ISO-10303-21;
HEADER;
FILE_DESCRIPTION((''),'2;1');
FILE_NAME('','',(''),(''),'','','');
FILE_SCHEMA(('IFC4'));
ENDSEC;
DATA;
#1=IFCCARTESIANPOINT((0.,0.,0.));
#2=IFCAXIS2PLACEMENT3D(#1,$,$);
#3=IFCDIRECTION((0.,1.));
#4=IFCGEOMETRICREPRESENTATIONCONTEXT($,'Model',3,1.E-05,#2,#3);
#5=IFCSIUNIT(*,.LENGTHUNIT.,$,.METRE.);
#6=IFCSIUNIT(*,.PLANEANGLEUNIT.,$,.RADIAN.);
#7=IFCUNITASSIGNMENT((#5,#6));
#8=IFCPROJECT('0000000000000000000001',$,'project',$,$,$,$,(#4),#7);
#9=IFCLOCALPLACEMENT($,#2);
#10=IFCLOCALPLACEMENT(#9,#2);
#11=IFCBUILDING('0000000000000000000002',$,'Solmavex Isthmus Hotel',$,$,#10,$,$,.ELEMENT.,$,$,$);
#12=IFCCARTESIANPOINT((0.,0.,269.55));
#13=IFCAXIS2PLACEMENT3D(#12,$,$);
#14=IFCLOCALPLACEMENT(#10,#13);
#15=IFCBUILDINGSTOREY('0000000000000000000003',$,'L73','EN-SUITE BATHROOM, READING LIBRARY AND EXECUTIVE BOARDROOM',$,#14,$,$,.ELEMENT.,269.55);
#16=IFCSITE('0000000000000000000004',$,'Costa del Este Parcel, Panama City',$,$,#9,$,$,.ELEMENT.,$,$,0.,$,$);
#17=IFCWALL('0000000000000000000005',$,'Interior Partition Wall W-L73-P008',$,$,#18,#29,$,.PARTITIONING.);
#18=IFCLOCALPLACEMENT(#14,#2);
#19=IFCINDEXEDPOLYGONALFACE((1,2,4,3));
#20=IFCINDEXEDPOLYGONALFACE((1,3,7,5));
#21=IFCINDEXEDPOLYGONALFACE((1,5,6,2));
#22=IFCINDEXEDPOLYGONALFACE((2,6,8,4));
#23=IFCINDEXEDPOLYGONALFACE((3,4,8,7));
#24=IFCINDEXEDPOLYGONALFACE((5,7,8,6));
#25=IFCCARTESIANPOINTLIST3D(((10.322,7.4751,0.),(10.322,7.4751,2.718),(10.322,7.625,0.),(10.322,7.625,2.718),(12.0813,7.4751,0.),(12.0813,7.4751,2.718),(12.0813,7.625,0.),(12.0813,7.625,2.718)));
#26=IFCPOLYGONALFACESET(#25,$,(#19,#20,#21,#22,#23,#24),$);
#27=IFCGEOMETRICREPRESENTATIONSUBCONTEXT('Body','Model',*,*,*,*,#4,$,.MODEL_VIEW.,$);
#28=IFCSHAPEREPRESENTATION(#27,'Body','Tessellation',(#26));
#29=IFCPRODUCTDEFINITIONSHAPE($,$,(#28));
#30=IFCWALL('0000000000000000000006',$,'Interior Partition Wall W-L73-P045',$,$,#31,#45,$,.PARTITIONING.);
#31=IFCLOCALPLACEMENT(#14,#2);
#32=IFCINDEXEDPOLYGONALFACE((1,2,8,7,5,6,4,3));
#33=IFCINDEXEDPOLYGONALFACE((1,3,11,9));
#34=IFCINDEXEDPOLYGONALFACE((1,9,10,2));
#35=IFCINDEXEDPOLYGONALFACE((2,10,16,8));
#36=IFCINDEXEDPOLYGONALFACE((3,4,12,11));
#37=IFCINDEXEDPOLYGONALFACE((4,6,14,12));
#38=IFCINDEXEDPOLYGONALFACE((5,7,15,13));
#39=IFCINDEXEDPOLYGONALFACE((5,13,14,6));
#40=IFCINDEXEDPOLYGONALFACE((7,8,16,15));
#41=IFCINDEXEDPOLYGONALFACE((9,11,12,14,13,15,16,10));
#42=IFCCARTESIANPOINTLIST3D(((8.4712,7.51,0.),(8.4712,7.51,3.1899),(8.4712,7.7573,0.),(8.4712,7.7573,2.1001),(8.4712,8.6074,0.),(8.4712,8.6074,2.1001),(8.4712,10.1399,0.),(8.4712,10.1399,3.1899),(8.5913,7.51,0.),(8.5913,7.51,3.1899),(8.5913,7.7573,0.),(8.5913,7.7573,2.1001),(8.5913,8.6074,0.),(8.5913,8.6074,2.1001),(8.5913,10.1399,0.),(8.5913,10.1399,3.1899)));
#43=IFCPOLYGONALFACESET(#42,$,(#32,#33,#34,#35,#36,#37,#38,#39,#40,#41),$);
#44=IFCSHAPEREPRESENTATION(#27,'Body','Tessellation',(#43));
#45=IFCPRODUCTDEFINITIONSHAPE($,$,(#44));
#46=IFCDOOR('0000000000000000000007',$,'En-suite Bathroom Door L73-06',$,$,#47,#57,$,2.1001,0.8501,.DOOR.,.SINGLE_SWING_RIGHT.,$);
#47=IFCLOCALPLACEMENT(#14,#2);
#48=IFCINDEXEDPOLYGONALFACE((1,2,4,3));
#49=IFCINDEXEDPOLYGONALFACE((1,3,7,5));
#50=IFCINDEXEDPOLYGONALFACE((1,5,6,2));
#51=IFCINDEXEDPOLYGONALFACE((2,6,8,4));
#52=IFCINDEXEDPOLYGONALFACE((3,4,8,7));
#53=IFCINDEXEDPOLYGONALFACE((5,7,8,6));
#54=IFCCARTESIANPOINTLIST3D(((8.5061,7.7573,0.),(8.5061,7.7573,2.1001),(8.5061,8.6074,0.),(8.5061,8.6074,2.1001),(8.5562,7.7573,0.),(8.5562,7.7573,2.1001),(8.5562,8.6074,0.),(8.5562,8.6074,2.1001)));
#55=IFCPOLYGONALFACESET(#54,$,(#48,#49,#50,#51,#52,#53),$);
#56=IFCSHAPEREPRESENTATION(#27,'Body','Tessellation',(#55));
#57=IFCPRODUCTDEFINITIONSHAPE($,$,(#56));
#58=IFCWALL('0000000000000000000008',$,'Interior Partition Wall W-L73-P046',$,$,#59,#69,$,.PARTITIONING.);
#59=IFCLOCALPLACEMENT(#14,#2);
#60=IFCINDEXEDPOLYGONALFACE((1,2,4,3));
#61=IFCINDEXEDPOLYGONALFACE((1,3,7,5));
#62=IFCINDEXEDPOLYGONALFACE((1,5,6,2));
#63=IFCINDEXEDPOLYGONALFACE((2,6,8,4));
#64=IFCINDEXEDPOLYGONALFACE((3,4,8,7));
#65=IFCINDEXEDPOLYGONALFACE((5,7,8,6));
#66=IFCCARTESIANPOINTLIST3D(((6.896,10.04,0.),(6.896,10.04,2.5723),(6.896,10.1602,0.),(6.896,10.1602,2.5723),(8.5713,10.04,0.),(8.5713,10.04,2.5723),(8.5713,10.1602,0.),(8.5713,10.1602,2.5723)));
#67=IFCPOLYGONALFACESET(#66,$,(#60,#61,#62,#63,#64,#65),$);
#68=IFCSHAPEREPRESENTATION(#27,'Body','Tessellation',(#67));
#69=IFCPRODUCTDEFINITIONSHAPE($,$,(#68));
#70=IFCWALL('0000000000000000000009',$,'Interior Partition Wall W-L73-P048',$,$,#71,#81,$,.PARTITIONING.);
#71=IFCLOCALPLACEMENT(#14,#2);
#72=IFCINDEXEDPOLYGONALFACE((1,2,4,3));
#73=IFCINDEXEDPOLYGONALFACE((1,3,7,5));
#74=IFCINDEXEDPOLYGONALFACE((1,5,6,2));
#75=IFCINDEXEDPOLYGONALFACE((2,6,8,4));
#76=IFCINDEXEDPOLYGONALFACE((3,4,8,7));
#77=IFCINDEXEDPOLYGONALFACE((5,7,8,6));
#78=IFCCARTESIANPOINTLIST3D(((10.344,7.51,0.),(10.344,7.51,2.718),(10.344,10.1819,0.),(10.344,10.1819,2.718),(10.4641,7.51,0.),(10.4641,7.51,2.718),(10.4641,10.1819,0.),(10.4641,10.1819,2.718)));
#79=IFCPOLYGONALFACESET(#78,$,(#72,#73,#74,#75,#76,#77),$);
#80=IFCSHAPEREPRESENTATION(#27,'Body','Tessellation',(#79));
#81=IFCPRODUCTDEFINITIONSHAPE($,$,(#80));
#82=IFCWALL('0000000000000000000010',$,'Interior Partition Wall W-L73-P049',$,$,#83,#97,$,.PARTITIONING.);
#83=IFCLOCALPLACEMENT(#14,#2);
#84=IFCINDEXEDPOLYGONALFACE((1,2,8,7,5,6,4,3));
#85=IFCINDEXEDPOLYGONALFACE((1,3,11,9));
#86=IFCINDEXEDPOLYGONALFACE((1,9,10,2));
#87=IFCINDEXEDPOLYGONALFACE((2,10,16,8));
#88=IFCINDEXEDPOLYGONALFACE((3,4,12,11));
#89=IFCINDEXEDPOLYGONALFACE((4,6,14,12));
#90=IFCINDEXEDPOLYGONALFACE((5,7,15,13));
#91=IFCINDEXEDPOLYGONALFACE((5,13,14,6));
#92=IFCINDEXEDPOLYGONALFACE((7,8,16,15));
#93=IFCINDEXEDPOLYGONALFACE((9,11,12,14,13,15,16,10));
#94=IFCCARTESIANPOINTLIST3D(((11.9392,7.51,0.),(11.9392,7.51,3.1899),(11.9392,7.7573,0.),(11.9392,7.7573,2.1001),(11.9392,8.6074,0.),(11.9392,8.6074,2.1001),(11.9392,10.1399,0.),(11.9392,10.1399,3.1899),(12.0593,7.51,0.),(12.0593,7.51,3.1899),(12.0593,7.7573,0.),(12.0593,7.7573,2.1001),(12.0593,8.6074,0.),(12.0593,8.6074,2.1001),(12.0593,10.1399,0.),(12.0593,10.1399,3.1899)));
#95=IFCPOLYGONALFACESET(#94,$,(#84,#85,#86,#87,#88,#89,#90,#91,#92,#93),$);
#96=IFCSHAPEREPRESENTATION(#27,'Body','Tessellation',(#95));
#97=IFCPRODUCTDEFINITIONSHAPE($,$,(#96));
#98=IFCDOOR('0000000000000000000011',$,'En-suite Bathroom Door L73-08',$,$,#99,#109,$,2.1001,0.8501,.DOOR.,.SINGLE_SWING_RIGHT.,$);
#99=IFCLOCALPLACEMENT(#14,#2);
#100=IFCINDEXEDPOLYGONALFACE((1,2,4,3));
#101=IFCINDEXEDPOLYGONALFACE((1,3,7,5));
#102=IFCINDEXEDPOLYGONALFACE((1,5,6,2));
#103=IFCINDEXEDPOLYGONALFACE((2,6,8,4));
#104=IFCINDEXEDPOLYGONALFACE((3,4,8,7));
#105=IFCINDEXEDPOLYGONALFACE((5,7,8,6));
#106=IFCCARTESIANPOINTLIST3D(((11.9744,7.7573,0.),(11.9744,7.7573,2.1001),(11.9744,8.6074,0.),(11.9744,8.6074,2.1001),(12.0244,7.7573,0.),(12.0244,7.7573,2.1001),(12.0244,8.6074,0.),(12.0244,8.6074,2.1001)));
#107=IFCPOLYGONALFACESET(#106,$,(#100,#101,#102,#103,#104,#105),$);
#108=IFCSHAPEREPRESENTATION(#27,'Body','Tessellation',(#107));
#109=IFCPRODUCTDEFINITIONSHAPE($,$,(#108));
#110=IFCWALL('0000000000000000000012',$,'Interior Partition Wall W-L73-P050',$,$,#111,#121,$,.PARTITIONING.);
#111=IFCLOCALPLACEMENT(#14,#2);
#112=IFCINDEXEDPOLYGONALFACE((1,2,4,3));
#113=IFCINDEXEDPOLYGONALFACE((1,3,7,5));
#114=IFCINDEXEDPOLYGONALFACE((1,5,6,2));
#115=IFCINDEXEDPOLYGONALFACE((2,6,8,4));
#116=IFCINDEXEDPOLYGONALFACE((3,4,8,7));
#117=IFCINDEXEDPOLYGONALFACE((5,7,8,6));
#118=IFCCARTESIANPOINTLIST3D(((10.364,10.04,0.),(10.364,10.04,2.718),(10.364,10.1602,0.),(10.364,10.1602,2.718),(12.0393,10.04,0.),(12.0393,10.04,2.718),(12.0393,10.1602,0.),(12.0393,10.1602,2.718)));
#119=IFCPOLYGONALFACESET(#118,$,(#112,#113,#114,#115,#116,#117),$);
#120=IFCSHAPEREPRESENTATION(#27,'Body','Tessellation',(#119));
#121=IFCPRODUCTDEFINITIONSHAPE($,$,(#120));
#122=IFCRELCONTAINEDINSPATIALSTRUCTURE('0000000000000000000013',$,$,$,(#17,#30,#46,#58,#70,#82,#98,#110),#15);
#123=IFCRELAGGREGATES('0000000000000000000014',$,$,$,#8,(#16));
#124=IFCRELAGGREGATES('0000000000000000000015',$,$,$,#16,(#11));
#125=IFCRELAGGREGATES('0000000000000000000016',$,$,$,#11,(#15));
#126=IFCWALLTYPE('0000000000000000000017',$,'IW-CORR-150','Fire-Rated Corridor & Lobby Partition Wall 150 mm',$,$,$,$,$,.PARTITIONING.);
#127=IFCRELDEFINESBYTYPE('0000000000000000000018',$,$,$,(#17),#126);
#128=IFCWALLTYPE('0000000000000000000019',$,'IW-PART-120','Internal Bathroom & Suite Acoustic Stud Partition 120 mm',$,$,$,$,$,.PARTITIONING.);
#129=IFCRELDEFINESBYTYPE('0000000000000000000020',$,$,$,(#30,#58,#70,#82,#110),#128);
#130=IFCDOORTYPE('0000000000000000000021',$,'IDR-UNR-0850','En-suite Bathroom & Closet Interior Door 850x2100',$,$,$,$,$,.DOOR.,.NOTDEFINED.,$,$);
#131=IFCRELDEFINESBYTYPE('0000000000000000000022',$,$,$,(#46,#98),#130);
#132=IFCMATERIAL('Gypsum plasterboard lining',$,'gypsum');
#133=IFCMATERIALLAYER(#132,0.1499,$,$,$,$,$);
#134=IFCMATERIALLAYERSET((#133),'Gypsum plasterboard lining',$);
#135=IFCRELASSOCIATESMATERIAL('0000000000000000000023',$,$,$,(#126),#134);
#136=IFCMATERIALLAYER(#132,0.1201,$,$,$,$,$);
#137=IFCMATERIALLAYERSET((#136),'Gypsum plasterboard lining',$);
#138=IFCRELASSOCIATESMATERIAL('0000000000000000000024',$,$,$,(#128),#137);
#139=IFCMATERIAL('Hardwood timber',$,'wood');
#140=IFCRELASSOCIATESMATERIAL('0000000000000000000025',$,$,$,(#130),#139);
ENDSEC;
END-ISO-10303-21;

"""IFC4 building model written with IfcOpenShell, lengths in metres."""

from ifc_helpers import new_model, si_unit, direction, frame, frame_2d, origin, place, context, subcontext, project, spatial, rectangle, extrude, material, layer, layer_set, type_object, element, fill, save


model = new_model("IFC4")

# Units and contexts
model_context = context("Model", 3, precision=1e-05, world=origin(), true_north=direction((0.0, 1.0)))
body_context = subcontext(model_context, "Body", "Model", "MODEL_VIEW")
ifc_project = project(units=[si_unit("LENGTHUNIT", "METRE"), si_unit("PLANEANGLEUNIT", "RADIAN")], contexts=[model_context])

# Site, building, storey
site_placement = place(None, origin())
site = spatial("IfcSite", under=ifc_project, at=site_placement, Name="Costa del Este Parcel, Panama City", CompositionType="ELEMENT", RefElevation=0.0)
building_placement = place(site_placement, origin())
building = spatial("IfcBuilding", under=site, at=building_placement, Name="Solmavex Isthmus Hotel", CompositionType="ELEMENT")
storey_placement = place(building_placement, frame((0.0, 0.0, 269.55)))
storey = spatial("IfcBuildingStorey", under=building, at=storey_placement, Name="L73", Description="EN-SUITE BATHROOM, READING LIBRARY AND EXECUTIVE BOARDROOM", CompositionType="ELEMENT", Elevation=269.55)

# Shared definitions
ifc_material_1 = material(Name="Gypsum plasterboard lining", Category="gypsum")

# Shared definitions
ifc_material_2 = material(Name="Hardwood timber", Category="wood")
ifc_layer_1 = layer(ifc_material_1, 0.1499)
ifc_layer_set_1 = layer_set([ifc_layer_1], Name="Gypsum plasterboard lining")
wall_type_1 = type_object("IfcWallType", Name="IW-CORR-150", Description="Fire-Rated Corridor & Lobby Partition Wall 150 mm", PredefinedType="PARTITIONING", material=ifc_layer_set_1)

# Wall
wall_1_placement = place(storey_placement, frame((10.322, 7.55, 0.0), z_axis=(0.0, 0.0, 1.0), x_axis=(1.0, 0.0, 0.0)))
element("IfcWall", 1, at=wall_1_placement, inside=storey, type_object=wall_type_1, Name="Interior Partition Wall W-L73-P008", PredefinedType="PARTITIONING", context=body_context, shape_type="SweptSolid", body=[
    extrude(rectangle(XDim=1.7593, YDim=0.1499, at=frame_2d((0.8796, 0.0))), origin(), (0.0, 0.0, 1.0), 2.718),
])

# Wall, opening, door
ifc_layer_2 = layer(ifc_material_1, 0.1201)
ifc_layer_set_2 = layer_set([ifc_layer_2], Name="Gypsum plasterboard lining")
wall_type_2 = type_object("IfcWallType", Name="IW-PART-120", Description="Internal Bathroom & Suite Acoustic Stud Partition 120 mm", PredefinedType="PARTITIONING", material=ifc_layer_set_2)
wall_2_placement = place(storey_placement, frame((8.5312, 7.51, 0.0), z_axis=(0.0, 0.0, 1.0), x_axis=(0.0, 1.0, 0.0)))
wall_2 = element("IfcWall", 2, at=wall_2_placement, inside=storey, type_object=wall_type_2, Name="Interior Partition Wall W-L73-P045", PredefinedType="PARTITIONING", context=body_context, shape_type="SweptSolid", body=[
    extrude(rectangle(XDim=2.6299, YDim=0.1201, at=frame_2d((1.3149, 0.0))), origin(), (0.0, 0.0, 1.0), 3.1899),
])
opening_1_placement = place(wall_2_placement, frame((0.2473, 0.0, 0.0)))
opening_1 = element("IfcOpeningElement", 3, at=opening_1_placement, cuts=wall_2, PredefinedType="OPENING", context=body_context, shape_type="SweptSolid", body=[
    extrude(rectangle(XDim=0.8501, YDim=2.1001, at=frame_2d((0.425, 1.05))), frame((0.0, 0.0701, 0.0), z_axis=(0.0, -1.0, 0.0), x_axis=(1.0, 0.0, 0.0)), (0.0, 0.0, 1.0), 0.1401),
])
door_type_1 = type_object("IfcDoorType", Name="IDR-UNR-0850", Description="En-suite Bathroom & Closet Interior Door 850x2100", OperationType="NOTDEFINED", PredefinedType="DOOR", material=ifc_material_2)
door_1_placement = place(opening_1_placement, frame((0.8501, 0.0, 0.0), z_axis=(0.0, 0.0, 1.0), x_axis=(-1.0, 0.0, 0.0)))
door_1 = element("IfcDoor", 4, at=door_1_placement, inside=storey, type_object=door_type_1, Name="En-suite Bathroom Door L73-06", OperationType="SINGLE_SWING_RIGHT", OverallHeight=2.1001, OverallWidth=0.8501, PredefinedType="DOOR", context=body_context, shape_type="SweptSolid", body=[
    extrude(rectangle(XDim=0.8501, YDim=2.1001, at=frame_2d((0.425, 1.05))), frame((0.0, 0.0249, 0.0), z_axis=(0.0, -1.0, 0.0), x_axis=(1.0, 0.0, 0.0)), (0.0, 0.0, 1.0), 0.05),
])
fill(opening_1, door_1)

# Walls
wall_3_placement = place(storey_placement, frame((8.5713, 10.1001, 0.0), z_axis=(0.0, 0.0, 1.0), x_axis=(-1.0, 0.0, 0.0)))
element("IfcWall", 5, at=wall_3_placement, inside=storey, type_object=wall_type_2, Name="Interior Partition Wall W-L73-P046", PredefinedType="PARTITIONING", context=body_context, shape_type="SweptSolid", body=[
    extrude(rectangle(XDim=1.6753, YDim=0.1201, at=frame_2d((0.8376, 0.0))), origin(), (0.0, 0.0, 1.0), 2.5723),
])
wall_4_placement = place(storey_placement, frame((10.4041, 10.1819, 0.0), z_axis=(0.0, 0.0, 1.0), x_axis=(0.0, -1.0, 0.0)))
element("IfcWall", 6, at=wall_4_placement, inside=storey, type_object=wall_type_2, Name="Interior Partition Wall W-L73-P048", PredefinedType="PARTITIONING", context=body_context, shape_type="SweptSolid", body=[
    extrude(rectangle(XDim=2.6719, YDim=0.1201, at=frame_2d((1.3359, 0.0))), origin(), (0.0, 0.0, 1.0), 2.718),
])

# Wall, opening, door
wall_5_placement = place(storey_placement, frame((11.9993, 7.51, 0.0), z_axis=(0.0, 0.0, 1.0), x_axis=(0.0, 1.0, 0.0)))
wall_5 = element("IfcWall", 7, at=wall_5_placement, inside=storey, type_object=wall_type_2, Name="Interior Partition Wall W-L73-P049", PredefinedType="PARTITIONING", context=body_context, shape_type="SweptSolid", body=[
    extrude(rectangle(XDim=2.6299, YDim=0.1201, at=frame_2d((1.3149, 0.0))), origin(), (0.0, 0.0, 1.0), 3.1899),
])
opening_2_placement = place(wall_5_placement, frame((0.2473, 0.0, 0.0)))
opening_2 = element("IfcOpeningElement", 8, at=opening_2_placement, cuts=wall_5, PredefinedType="OPENING", context=body_context, shape_type="SweptSolid", body=[
    extrude(rectangle(XDim=0.8501, YDim=2.1001, at=frame_2d((0.425, 1.05))), frame((0.0, 0.0701, 0.0), z_axis=(0.0, -1.0, 0.0), x_axis=(1.0, 0.0, 0.0)), (0.0, 0.0, 1.0), 0.1401),
])
door_2_placement = place(opening_2_placement, origin())
door_2 = element("IfcDoor", 9, at=door_2_placement, inside=storey, type_object=door_type_1, Name="En-suite Bathroom Door L73-08", OperationType="SINGLE_SWING_RIGHT", OverallHeight=2.1001, OverallWidth=0.8501, PredefinedType="DOOR", context=body_context, shape_type="SweptSolid", body=[
    extrude(rectangle(XDim=0.8501, YDim=2.1001, at=frame_2d((0.425, 1.05))), frame((0.0, 0.0249, 0.0), z_axis=(0.0, -1.0, 0.0), x_axis=(1.0, 0.0, 0.0)), (0.0, 0.0, 1.0), 0.05),
])
fill(opening_2, door_2)

# Wall
wall_6_placement = place(storey_placement, frame((12.0393, 10.1001, 0.0), z_axis=(0.0, 0.0, 1.0), x_axis=(-1.0, 0.0, 0.0)))
element("IfcWall", 10, at=wall_6_placement, inside=storey, type_object=wall_type_2, Name="Interior Partition Wall W-L73-P050", PredefinedType="PARTITIONING", context=body_context, shape_type="SweptSolid", body=[
    extrude(rectangle(XDim=1.6753, YDim=0.1201, at=frame_2d((0.8376, 0.0))), origin(), (0.0, 0.0, 1.0), 2.718),
])

save(model, "model.ifc")
